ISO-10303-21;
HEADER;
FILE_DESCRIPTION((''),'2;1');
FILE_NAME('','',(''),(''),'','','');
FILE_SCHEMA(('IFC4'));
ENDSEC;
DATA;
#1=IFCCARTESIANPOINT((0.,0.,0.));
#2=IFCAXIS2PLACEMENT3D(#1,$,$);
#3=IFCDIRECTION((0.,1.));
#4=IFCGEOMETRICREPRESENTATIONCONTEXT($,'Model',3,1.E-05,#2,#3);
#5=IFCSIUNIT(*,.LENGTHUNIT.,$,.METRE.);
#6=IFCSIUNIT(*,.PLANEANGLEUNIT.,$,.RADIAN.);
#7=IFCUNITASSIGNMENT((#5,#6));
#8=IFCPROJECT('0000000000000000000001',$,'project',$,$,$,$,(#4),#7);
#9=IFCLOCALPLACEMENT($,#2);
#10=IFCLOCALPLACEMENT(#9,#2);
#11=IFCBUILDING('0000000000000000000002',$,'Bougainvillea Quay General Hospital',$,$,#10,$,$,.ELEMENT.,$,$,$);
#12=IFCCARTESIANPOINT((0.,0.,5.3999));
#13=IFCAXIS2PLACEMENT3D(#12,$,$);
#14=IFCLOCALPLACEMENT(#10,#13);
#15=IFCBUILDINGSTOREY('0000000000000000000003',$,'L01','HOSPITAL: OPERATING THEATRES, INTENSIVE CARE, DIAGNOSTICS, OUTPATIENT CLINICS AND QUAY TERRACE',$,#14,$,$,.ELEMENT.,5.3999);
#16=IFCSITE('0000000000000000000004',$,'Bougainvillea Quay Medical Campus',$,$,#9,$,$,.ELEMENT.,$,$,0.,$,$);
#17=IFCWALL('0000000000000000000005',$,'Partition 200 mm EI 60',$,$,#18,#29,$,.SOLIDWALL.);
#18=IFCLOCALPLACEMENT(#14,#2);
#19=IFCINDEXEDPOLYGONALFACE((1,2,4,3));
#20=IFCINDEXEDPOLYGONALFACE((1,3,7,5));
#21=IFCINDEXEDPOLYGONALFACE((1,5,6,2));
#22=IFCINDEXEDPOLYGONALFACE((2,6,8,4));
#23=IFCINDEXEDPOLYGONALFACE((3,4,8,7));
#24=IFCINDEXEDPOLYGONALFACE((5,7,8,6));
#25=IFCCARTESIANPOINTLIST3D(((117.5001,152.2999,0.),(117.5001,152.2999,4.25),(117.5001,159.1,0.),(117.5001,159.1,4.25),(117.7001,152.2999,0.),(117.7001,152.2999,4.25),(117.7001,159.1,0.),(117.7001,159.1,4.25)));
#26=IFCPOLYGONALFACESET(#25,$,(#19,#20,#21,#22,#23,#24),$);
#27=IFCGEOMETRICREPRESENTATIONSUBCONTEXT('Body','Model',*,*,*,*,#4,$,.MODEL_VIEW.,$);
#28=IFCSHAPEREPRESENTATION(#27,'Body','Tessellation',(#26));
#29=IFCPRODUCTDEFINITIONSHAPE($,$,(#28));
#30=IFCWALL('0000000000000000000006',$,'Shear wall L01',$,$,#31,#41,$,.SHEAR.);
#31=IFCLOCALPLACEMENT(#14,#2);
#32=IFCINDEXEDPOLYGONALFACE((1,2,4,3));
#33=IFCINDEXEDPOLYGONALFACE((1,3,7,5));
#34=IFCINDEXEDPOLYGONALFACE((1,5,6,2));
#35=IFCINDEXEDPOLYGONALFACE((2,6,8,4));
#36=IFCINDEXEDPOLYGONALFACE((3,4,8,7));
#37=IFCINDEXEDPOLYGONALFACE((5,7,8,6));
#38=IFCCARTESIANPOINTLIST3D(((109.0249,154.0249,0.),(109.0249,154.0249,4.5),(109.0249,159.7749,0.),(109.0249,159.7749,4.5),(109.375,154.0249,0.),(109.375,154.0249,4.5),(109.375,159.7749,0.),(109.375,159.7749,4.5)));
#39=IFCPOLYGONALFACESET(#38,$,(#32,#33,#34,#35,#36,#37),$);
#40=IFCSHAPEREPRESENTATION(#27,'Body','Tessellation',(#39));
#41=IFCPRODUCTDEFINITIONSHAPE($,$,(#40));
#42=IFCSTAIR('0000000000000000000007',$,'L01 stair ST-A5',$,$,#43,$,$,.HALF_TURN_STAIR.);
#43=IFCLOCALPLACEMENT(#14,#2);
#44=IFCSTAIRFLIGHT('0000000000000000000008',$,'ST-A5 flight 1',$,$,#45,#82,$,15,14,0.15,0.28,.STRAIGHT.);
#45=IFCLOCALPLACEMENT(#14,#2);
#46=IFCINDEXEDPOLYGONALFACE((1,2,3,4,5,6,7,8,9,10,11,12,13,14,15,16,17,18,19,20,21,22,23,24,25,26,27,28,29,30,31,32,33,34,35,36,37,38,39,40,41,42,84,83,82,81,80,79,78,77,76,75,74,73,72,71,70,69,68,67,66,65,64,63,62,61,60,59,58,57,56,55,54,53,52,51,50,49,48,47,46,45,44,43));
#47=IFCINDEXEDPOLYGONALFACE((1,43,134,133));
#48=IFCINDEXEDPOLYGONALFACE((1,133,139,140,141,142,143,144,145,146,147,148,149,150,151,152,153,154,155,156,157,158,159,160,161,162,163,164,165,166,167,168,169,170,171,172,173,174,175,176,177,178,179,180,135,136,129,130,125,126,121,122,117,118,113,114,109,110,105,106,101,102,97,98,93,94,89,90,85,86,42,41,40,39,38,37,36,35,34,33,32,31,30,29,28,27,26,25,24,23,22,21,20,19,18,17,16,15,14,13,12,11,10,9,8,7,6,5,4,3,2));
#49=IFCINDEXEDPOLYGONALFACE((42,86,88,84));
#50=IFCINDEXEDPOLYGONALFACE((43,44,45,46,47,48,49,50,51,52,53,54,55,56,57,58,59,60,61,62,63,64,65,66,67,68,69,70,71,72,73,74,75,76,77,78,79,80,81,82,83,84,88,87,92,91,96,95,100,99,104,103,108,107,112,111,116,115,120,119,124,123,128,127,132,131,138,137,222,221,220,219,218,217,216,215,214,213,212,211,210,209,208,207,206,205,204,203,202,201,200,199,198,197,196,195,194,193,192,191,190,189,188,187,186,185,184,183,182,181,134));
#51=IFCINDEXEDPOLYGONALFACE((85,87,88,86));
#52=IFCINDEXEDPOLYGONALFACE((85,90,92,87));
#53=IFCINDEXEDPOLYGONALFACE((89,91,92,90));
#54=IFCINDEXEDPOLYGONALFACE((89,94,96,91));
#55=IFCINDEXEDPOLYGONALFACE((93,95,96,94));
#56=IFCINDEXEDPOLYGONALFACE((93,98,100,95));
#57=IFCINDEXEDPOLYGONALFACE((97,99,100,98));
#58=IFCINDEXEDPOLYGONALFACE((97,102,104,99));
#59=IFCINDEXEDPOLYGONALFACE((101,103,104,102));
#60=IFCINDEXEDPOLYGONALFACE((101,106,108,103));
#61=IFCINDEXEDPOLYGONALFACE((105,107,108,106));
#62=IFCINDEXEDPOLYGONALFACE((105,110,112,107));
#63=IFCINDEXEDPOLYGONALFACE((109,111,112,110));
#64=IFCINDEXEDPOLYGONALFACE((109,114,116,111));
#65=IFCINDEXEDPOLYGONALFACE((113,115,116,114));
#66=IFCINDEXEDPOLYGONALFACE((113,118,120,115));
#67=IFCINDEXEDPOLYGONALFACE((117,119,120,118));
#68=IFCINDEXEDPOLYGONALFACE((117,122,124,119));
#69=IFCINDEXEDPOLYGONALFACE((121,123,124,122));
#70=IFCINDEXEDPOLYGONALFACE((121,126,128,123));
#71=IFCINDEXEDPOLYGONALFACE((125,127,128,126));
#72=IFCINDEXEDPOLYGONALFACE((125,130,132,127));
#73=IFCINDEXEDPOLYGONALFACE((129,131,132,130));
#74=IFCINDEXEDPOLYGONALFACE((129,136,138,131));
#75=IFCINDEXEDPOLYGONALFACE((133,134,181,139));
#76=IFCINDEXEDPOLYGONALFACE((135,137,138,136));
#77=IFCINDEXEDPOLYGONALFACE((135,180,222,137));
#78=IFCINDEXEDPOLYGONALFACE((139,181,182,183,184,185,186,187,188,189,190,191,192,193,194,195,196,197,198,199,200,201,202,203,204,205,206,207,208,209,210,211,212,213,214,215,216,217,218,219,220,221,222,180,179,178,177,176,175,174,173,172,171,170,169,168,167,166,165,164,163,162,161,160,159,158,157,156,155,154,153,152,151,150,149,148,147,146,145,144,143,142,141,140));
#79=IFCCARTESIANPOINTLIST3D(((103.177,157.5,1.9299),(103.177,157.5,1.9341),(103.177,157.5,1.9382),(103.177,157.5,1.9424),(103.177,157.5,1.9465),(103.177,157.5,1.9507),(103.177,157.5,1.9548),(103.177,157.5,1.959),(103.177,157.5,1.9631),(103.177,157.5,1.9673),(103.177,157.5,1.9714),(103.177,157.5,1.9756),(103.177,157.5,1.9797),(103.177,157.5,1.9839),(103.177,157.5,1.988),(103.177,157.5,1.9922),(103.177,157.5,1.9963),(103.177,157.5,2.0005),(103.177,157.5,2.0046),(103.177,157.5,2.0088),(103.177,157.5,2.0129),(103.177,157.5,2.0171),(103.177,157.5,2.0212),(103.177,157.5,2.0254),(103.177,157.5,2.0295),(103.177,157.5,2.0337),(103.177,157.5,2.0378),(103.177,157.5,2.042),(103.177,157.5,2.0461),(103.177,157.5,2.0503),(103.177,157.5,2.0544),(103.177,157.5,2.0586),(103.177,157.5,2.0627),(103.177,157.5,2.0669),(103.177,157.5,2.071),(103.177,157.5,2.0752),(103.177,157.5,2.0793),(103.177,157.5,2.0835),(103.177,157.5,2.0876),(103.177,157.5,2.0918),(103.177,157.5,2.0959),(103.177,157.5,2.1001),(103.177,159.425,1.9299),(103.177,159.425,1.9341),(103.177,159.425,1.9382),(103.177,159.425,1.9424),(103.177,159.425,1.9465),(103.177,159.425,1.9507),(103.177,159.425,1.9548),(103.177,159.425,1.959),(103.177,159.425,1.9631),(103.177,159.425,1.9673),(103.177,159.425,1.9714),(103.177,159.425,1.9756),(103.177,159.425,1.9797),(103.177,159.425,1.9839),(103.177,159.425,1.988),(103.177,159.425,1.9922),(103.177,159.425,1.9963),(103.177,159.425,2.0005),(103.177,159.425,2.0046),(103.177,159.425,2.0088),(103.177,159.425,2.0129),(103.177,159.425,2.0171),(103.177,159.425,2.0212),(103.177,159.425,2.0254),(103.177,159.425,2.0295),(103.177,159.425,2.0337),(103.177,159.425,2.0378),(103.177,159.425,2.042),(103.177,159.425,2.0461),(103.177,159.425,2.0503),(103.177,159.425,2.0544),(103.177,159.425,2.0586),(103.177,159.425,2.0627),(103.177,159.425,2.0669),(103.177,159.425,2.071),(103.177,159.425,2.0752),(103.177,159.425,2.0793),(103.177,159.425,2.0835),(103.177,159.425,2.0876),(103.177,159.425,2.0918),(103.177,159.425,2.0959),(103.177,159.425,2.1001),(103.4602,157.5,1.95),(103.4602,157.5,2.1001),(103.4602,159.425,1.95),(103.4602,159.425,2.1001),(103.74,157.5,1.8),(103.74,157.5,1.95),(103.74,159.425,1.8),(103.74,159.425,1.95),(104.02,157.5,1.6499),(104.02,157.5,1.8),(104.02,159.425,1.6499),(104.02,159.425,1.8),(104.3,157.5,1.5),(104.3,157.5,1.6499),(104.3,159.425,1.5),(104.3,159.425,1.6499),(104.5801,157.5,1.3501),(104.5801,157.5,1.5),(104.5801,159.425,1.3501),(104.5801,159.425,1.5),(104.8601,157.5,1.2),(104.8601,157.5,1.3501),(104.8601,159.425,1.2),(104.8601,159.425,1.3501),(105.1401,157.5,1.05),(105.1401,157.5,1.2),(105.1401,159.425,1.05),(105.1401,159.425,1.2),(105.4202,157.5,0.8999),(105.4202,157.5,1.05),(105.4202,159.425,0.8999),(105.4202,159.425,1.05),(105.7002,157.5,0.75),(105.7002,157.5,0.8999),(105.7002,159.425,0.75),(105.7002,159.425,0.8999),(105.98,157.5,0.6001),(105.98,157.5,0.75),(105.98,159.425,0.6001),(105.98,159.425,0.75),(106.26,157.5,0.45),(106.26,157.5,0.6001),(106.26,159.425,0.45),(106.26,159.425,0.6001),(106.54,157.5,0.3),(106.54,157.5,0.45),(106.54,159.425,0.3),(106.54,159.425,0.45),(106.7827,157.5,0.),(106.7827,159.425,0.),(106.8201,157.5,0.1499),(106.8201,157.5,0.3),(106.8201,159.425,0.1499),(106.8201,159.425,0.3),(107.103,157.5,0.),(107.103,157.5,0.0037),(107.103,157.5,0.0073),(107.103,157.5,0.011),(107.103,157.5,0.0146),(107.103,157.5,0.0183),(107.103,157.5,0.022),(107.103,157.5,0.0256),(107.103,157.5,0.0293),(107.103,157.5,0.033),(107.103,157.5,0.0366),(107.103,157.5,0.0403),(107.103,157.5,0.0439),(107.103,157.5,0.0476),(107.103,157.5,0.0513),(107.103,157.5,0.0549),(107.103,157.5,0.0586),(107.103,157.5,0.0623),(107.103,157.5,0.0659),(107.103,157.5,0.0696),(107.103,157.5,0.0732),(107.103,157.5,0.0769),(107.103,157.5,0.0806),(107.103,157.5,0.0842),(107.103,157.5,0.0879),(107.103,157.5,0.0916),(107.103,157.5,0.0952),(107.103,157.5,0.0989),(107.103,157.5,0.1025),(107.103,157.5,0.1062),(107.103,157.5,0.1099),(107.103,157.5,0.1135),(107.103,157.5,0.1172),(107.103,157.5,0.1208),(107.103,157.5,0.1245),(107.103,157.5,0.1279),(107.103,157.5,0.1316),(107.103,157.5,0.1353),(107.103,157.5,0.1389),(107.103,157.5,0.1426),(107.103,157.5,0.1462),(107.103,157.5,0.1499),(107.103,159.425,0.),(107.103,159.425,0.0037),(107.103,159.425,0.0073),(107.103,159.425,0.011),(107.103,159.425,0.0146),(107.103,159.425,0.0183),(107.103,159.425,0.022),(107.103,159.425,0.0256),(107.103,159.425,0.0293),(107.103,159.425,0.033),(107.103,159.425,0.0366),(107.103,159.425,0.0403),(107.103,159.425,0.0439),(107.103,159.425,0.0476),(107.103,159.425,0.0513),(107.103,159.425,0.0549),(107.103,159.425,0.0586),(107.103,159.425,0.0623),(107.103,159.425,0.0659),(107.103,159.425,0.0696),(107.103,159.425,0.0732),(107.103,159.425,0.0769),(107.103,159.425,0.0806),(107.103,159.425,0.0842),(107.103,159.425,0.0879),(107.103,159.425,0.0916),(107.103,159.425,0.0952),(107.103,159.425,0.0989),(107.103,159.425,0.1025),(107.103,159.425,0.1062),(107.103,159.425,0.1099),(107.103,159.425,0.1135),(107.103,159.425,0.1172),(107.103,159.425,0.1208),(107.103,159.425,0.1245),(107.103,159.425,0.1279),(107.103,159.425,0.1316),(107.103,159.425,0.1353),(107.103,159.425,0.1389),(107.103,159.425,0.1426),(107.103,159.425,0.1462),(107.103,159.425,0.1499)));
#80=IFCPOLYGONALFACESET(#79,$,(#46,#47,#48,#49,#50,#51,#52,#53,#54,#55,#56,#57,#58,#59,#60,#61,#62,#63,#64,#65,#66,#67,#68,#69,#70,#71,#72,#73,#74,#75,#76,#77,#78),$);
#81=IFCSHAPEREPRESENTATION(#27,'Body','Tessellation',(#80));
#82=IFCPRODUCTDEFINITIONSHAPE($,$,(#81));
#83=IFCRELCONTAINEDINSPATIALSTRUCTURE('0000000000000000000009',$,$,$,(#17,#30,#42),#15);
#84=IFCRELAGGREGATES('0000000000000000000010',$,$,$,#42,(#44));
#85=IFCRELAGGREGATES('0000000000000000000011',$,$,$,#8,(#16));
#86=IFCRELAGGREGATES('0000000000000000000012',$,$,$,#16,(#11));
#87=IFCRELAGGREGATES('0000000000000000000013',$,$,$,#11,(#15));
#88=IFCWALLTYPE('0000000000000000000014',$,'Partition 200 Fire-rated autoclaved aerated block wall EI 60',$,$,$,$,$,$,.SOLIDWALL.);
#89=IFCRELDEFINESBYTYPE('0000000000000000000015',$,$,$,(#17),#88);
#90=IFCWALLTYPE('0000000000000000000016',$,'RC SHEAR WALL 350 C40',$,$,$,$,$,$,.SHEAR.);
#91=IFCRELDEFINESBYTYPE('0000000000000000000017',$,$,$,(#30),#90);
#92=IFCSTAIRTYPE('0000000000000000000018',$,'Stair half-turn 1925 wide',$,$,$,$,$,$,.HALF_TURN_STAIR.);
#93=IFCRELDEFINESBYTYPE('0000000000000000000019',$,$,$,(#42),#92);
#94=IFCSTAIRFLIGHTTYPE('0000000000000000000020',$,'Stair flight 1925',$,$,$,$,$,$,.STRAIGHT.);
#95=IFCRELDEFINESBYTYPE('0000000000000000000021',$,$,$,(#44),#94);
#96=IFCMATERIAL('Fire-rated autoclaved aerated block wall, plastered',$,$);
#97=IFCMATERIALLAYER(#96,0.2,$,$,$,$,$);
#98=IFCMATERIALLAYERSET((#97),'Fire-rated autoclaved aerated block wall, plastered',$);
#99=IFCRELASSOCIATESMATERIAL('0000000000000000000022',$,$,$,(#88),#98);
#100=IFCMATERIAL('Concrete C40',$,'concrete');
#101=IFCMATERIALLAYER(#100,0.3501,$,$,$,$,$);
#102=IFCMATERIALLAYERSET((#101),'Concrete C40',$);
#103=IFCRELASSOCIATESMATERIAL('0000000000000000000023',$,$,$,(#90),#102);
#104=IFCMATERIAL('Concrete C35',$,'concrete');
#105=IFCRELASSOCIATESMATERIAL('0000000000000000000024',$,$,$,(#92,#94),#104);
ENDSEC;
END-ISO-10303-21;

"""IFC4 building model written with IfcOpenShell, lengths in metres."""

from ifc_helpers import new_model, si_unit, direction, frame, frame_2d, origin, place, context, subcontext, project, spatial, polyline, rectangle, outline, extrude, material, layer, layer_set, type_object, element, aggregate, save


model = new_model("IFC4")

# Units and contexts
model_context = context("Model", 3, precision=1e-05, world=origin(), true_north=direction((0.0, 1.0)))
body_context = subcontext(model_context, "Body", "Model", "MODEL_VIEW")
ifc_project = project(units=[si_unit("LENGTHUNIT", "METRE"), si_unit("PLANEANGLEUNIT", "RADIAN")], contexts=[model_context])

# Site, building, storey
site_placement = place(None, origin())
site = spatial("IfcSite", under=ifc_project, at=site_placement, Name="Bougainvillea Quay Medical Campus", CompositionType="ELEMENT", RefElevation=0.0)
building_placement = place(site_placement, origin())
building = spatial("IfcBuilding", under=site, at=building_placement, Name="Bougainvillea Quay General Hospital", CompositionType="ELEMENT")
storey_placement = place(building_placement, frame((0.0, 0.0, 5.3999)))
storey = spatial("IfcBuildingStorey", under=building, at=storey_placement, Name="L01", Description="HOSPITAL: OPERATING THEATRES, INTENSIVE CARE, DIAGNOSTICS, OUTPATIENT CLINICS AND QUAY TERRACE", CompositionType="ELEMENT", Elevation=5.3999)

# Shared definitions
ifc_material_1 = material(Name="Concrete C40", Category="concrete")

# Shared definitions
ifc_material_2 = material(Name="Fire-rated autoclaved aerated block wall, plastered")

# Shared definitions
ifc_layer_1 = layer(ifc_material_2, 0.2)
ifc_layer_set_1 = layer_set([ifc_layer_1], Name="Fire-rated autoclaved aerated block wall, plastered")
wall_type_1 = type_object("IfcWallType", Name="Partition 200 Fire-rated autoclaved aerated block wall EI 60", PredefinedType="SOLIDWALL", material=ifc_layer_set_1)

# Walls
wall_1_placement = place(storey_placement, frame((117.6001, 152.3, 0.0), z_axis=(0.0, 0.0, 1.0), x_axis=(0.0, 1.0, 0.0)))
element("IfcWall", 1, at=wall_1_placement, inside=storey, type_object=wall_type_1, Name="Partition 200 mm EI 60", PredefinedType="SOLIDWALL", context=body_context, shape_type="SweptSolid", body=[
    extrude(rectangle(XDim=6.8, YDim=0.2, at=frame_2d((3.3999, 0.0))), origin(), (0.0, 0.0, 1.0), 4.25),
])
ifc_layer_2 = layer(ifc_material_1, 0.3501)
ifc_layer_set_2 = layer_set([ifc_layer_2], Name="Concrete C40")
wall_type_2 = type_object("IfcWallType", Name="RC SHEAR WALL 350 C40", PredefinedType="SHEAR", material=ifc_layer_set_2)
wall_2_placement = place(storey_placement, frame((109.2, 154.0249, 0.0), z_axis=(0.0, 0.0, 1.0), x_axis=(0.0, 1.0, 0.0)))
element("IfcWall", 2, at=wall_2_placement, inside=storey, type_object=wall_type_2, Name="Shear wall L01", PredefinedType="SHEAR", context=body_context, shape_type="SweptSolid", body=[
    extrude(rectangle(XDim=5.75, YDim=0.3501, at=frame_2d((2.875, 0.0))), origin(), (0.0, 0.0, 1.0), 4.5),
])

# Stair, stair flight
ifc_material_3 = material(Name="Concrete C35", Category="concrete")
stair_type = type_object("IfcStairType", Name="Stair half-turn 1925 wide", PredefinedType="HALF_TURN_STAIR", material=ifc_material_3)
stair_placement = place(storey_placement, origin())
stair = element("IfcStair", 3, at=stair_placement, inside=storey, type_object=stair_type, Name="L01 stair ST-A5", PredefinedType="HALF_TURN_STAIR")
stair_flight_type = type_object("IfcStairFlightType", Name="Stair flight 1925", PredefinedType="STRAIGHT", material=ifc_material_3)
stair_flight_placement = place(storey_placement, frame((107.1001, 158.4624, 0.0), z_axis=(0.0, 0.0, 1.0), x_axis=(-1.0, 0.0, 0.0)))
stair_flight = element("IfcStairFlight", 4, at=stair_flight_placement, type_object=stair_flight_type, Name="ST-A5 flight 1", NumberOfRisers=15, NumberOfTreads=14, PredefinedType="STRAIGHT", RiserHeight=0.15, TreadLength=0.28, context=body_context, shape_type="SweptSolid", body=[
    extrude(outline(polyline([(-0.0029, 0.0), (-0.0029, 0.0037), (-0.0029, 0.0073), (-0.0029, 0.011), (-0.0029, 0.0146), (-0.0029, 0.0183), (-0.0029, 0.022), (-0.0029, 0.0256), (-0.0029, 0.0293), (-0.0029, 0.033), (-0.0029, 0.0366), (-0.0029, 0.0403), (-0.0029, 0.0439), (-0.0029, 0.0476), (-0.0029, 0.0513), (-0.0029, 0.0549), (-0.0029, 0.0586), (-0.0029, 0.0623), (-0.0029, 0.0659), (-0.0029, 0.0696), (-0.0029, 0.0732), (-0.0029, 0.0769), (-0.0029, 0.0806), (-0.0029, 0.0842), (-0.0029, 0.0879), (-0.0029, 0.0916), (-0.0029, 0.0952), (-0.0029, 0.0989), (-0.0029, 0.1025), (-0.0029, 0.1062), (-0.0029, 0.1099), (-0.0029, 0.1135), (-0.0029, 0.1172), (-0.0029, 0.1208), (-0.0029, 0.1245), (-0.0029, 0.1279), (-0.0029, 0.1316), (-0.0029, 0.1353), (-0.0029, 0.1389), (-0.0029, 0.1426), (-0.0029, 0.1462), (-0.0029, 0.1499), (0.28, 0.1499), (0.28, 0.3), (0.5601, 0.3), (0.5601, 0.45), (0.8401, 0.45), (0.8401, 0.6001), (1.1201, 0.6001), (1.1201, 0.75), (1.3999, 0.75), (1.3999, 0.8999), (1.6799, 0.8999), (1.6799, 1.05), (1.96, 1.05), (1.96, 1.2), (2.24, 1.2), (2.24, 1.3501), (2.52, 1.3501), (2.52, 1.5), (2.8, 1.5), (2.8, 1.6499), (3.0801, 1.6499), (3.0801, 1.8), (3.3601, 1.8), (3.3601, 1.95), (3.6399, 1.95), (3.6399, 2.1001), (3.9231, 2.1001), (3.9231, 2.0959), (3.9231, 2.0918), (3.9231, 2.0876), (3.9231, 2.0835), (3.9231, 2.0793), (3.9231, 2.0752), (3.9231, 2.071), (3.9231, 2.0669), (3.9231, 2.0627), (3.9231, 2.0586), (3.9231, 2.0544), (3.9231, 2.0503), (3.9231, 2.0461), (3.9231, 2.042), (3.9231, 2.0378), (3.9231, 2.0337), (3.9231, 2.0295), (3.9231, 2.0254), (3.9231, 2.0212), (3.9231, 2.0171), (3.9231, 2.0129), (3.9231, 2.0088), (3.9231, 2.0046), (3.9231, 2.0005), (3.9231, 1.9963), (3.9231, 1.9922), (3.9231, 1.988), (3.9231, 1.9839), (3.9231, 1.9797), (3.9231, 1.9756), (3.9231, 1.9714), (3.9231, 1.9673), (3.9231, 1.9631), (3.9231, 1.959), (3.9231, 1.9548), (3.9231, 1.9507), (3.9231, 1.9465), (3.9231, 1.9424), (3.9231, 1.9382), (3.9231, 1.9341), (3.9231, 1.9299), (0.3174, 0.0), (-0.0029, 0.0)])), frame((0.0, 0.9624, 0.0), z_axis=(0.0, -1.0, 0.0), x_axis=(1.0, 0.0, 0.0)), (0.0, 0.0, 1.0), 1.925),
])
aggregate(stair, [stair_flight])

save(model, "model.ifc")
